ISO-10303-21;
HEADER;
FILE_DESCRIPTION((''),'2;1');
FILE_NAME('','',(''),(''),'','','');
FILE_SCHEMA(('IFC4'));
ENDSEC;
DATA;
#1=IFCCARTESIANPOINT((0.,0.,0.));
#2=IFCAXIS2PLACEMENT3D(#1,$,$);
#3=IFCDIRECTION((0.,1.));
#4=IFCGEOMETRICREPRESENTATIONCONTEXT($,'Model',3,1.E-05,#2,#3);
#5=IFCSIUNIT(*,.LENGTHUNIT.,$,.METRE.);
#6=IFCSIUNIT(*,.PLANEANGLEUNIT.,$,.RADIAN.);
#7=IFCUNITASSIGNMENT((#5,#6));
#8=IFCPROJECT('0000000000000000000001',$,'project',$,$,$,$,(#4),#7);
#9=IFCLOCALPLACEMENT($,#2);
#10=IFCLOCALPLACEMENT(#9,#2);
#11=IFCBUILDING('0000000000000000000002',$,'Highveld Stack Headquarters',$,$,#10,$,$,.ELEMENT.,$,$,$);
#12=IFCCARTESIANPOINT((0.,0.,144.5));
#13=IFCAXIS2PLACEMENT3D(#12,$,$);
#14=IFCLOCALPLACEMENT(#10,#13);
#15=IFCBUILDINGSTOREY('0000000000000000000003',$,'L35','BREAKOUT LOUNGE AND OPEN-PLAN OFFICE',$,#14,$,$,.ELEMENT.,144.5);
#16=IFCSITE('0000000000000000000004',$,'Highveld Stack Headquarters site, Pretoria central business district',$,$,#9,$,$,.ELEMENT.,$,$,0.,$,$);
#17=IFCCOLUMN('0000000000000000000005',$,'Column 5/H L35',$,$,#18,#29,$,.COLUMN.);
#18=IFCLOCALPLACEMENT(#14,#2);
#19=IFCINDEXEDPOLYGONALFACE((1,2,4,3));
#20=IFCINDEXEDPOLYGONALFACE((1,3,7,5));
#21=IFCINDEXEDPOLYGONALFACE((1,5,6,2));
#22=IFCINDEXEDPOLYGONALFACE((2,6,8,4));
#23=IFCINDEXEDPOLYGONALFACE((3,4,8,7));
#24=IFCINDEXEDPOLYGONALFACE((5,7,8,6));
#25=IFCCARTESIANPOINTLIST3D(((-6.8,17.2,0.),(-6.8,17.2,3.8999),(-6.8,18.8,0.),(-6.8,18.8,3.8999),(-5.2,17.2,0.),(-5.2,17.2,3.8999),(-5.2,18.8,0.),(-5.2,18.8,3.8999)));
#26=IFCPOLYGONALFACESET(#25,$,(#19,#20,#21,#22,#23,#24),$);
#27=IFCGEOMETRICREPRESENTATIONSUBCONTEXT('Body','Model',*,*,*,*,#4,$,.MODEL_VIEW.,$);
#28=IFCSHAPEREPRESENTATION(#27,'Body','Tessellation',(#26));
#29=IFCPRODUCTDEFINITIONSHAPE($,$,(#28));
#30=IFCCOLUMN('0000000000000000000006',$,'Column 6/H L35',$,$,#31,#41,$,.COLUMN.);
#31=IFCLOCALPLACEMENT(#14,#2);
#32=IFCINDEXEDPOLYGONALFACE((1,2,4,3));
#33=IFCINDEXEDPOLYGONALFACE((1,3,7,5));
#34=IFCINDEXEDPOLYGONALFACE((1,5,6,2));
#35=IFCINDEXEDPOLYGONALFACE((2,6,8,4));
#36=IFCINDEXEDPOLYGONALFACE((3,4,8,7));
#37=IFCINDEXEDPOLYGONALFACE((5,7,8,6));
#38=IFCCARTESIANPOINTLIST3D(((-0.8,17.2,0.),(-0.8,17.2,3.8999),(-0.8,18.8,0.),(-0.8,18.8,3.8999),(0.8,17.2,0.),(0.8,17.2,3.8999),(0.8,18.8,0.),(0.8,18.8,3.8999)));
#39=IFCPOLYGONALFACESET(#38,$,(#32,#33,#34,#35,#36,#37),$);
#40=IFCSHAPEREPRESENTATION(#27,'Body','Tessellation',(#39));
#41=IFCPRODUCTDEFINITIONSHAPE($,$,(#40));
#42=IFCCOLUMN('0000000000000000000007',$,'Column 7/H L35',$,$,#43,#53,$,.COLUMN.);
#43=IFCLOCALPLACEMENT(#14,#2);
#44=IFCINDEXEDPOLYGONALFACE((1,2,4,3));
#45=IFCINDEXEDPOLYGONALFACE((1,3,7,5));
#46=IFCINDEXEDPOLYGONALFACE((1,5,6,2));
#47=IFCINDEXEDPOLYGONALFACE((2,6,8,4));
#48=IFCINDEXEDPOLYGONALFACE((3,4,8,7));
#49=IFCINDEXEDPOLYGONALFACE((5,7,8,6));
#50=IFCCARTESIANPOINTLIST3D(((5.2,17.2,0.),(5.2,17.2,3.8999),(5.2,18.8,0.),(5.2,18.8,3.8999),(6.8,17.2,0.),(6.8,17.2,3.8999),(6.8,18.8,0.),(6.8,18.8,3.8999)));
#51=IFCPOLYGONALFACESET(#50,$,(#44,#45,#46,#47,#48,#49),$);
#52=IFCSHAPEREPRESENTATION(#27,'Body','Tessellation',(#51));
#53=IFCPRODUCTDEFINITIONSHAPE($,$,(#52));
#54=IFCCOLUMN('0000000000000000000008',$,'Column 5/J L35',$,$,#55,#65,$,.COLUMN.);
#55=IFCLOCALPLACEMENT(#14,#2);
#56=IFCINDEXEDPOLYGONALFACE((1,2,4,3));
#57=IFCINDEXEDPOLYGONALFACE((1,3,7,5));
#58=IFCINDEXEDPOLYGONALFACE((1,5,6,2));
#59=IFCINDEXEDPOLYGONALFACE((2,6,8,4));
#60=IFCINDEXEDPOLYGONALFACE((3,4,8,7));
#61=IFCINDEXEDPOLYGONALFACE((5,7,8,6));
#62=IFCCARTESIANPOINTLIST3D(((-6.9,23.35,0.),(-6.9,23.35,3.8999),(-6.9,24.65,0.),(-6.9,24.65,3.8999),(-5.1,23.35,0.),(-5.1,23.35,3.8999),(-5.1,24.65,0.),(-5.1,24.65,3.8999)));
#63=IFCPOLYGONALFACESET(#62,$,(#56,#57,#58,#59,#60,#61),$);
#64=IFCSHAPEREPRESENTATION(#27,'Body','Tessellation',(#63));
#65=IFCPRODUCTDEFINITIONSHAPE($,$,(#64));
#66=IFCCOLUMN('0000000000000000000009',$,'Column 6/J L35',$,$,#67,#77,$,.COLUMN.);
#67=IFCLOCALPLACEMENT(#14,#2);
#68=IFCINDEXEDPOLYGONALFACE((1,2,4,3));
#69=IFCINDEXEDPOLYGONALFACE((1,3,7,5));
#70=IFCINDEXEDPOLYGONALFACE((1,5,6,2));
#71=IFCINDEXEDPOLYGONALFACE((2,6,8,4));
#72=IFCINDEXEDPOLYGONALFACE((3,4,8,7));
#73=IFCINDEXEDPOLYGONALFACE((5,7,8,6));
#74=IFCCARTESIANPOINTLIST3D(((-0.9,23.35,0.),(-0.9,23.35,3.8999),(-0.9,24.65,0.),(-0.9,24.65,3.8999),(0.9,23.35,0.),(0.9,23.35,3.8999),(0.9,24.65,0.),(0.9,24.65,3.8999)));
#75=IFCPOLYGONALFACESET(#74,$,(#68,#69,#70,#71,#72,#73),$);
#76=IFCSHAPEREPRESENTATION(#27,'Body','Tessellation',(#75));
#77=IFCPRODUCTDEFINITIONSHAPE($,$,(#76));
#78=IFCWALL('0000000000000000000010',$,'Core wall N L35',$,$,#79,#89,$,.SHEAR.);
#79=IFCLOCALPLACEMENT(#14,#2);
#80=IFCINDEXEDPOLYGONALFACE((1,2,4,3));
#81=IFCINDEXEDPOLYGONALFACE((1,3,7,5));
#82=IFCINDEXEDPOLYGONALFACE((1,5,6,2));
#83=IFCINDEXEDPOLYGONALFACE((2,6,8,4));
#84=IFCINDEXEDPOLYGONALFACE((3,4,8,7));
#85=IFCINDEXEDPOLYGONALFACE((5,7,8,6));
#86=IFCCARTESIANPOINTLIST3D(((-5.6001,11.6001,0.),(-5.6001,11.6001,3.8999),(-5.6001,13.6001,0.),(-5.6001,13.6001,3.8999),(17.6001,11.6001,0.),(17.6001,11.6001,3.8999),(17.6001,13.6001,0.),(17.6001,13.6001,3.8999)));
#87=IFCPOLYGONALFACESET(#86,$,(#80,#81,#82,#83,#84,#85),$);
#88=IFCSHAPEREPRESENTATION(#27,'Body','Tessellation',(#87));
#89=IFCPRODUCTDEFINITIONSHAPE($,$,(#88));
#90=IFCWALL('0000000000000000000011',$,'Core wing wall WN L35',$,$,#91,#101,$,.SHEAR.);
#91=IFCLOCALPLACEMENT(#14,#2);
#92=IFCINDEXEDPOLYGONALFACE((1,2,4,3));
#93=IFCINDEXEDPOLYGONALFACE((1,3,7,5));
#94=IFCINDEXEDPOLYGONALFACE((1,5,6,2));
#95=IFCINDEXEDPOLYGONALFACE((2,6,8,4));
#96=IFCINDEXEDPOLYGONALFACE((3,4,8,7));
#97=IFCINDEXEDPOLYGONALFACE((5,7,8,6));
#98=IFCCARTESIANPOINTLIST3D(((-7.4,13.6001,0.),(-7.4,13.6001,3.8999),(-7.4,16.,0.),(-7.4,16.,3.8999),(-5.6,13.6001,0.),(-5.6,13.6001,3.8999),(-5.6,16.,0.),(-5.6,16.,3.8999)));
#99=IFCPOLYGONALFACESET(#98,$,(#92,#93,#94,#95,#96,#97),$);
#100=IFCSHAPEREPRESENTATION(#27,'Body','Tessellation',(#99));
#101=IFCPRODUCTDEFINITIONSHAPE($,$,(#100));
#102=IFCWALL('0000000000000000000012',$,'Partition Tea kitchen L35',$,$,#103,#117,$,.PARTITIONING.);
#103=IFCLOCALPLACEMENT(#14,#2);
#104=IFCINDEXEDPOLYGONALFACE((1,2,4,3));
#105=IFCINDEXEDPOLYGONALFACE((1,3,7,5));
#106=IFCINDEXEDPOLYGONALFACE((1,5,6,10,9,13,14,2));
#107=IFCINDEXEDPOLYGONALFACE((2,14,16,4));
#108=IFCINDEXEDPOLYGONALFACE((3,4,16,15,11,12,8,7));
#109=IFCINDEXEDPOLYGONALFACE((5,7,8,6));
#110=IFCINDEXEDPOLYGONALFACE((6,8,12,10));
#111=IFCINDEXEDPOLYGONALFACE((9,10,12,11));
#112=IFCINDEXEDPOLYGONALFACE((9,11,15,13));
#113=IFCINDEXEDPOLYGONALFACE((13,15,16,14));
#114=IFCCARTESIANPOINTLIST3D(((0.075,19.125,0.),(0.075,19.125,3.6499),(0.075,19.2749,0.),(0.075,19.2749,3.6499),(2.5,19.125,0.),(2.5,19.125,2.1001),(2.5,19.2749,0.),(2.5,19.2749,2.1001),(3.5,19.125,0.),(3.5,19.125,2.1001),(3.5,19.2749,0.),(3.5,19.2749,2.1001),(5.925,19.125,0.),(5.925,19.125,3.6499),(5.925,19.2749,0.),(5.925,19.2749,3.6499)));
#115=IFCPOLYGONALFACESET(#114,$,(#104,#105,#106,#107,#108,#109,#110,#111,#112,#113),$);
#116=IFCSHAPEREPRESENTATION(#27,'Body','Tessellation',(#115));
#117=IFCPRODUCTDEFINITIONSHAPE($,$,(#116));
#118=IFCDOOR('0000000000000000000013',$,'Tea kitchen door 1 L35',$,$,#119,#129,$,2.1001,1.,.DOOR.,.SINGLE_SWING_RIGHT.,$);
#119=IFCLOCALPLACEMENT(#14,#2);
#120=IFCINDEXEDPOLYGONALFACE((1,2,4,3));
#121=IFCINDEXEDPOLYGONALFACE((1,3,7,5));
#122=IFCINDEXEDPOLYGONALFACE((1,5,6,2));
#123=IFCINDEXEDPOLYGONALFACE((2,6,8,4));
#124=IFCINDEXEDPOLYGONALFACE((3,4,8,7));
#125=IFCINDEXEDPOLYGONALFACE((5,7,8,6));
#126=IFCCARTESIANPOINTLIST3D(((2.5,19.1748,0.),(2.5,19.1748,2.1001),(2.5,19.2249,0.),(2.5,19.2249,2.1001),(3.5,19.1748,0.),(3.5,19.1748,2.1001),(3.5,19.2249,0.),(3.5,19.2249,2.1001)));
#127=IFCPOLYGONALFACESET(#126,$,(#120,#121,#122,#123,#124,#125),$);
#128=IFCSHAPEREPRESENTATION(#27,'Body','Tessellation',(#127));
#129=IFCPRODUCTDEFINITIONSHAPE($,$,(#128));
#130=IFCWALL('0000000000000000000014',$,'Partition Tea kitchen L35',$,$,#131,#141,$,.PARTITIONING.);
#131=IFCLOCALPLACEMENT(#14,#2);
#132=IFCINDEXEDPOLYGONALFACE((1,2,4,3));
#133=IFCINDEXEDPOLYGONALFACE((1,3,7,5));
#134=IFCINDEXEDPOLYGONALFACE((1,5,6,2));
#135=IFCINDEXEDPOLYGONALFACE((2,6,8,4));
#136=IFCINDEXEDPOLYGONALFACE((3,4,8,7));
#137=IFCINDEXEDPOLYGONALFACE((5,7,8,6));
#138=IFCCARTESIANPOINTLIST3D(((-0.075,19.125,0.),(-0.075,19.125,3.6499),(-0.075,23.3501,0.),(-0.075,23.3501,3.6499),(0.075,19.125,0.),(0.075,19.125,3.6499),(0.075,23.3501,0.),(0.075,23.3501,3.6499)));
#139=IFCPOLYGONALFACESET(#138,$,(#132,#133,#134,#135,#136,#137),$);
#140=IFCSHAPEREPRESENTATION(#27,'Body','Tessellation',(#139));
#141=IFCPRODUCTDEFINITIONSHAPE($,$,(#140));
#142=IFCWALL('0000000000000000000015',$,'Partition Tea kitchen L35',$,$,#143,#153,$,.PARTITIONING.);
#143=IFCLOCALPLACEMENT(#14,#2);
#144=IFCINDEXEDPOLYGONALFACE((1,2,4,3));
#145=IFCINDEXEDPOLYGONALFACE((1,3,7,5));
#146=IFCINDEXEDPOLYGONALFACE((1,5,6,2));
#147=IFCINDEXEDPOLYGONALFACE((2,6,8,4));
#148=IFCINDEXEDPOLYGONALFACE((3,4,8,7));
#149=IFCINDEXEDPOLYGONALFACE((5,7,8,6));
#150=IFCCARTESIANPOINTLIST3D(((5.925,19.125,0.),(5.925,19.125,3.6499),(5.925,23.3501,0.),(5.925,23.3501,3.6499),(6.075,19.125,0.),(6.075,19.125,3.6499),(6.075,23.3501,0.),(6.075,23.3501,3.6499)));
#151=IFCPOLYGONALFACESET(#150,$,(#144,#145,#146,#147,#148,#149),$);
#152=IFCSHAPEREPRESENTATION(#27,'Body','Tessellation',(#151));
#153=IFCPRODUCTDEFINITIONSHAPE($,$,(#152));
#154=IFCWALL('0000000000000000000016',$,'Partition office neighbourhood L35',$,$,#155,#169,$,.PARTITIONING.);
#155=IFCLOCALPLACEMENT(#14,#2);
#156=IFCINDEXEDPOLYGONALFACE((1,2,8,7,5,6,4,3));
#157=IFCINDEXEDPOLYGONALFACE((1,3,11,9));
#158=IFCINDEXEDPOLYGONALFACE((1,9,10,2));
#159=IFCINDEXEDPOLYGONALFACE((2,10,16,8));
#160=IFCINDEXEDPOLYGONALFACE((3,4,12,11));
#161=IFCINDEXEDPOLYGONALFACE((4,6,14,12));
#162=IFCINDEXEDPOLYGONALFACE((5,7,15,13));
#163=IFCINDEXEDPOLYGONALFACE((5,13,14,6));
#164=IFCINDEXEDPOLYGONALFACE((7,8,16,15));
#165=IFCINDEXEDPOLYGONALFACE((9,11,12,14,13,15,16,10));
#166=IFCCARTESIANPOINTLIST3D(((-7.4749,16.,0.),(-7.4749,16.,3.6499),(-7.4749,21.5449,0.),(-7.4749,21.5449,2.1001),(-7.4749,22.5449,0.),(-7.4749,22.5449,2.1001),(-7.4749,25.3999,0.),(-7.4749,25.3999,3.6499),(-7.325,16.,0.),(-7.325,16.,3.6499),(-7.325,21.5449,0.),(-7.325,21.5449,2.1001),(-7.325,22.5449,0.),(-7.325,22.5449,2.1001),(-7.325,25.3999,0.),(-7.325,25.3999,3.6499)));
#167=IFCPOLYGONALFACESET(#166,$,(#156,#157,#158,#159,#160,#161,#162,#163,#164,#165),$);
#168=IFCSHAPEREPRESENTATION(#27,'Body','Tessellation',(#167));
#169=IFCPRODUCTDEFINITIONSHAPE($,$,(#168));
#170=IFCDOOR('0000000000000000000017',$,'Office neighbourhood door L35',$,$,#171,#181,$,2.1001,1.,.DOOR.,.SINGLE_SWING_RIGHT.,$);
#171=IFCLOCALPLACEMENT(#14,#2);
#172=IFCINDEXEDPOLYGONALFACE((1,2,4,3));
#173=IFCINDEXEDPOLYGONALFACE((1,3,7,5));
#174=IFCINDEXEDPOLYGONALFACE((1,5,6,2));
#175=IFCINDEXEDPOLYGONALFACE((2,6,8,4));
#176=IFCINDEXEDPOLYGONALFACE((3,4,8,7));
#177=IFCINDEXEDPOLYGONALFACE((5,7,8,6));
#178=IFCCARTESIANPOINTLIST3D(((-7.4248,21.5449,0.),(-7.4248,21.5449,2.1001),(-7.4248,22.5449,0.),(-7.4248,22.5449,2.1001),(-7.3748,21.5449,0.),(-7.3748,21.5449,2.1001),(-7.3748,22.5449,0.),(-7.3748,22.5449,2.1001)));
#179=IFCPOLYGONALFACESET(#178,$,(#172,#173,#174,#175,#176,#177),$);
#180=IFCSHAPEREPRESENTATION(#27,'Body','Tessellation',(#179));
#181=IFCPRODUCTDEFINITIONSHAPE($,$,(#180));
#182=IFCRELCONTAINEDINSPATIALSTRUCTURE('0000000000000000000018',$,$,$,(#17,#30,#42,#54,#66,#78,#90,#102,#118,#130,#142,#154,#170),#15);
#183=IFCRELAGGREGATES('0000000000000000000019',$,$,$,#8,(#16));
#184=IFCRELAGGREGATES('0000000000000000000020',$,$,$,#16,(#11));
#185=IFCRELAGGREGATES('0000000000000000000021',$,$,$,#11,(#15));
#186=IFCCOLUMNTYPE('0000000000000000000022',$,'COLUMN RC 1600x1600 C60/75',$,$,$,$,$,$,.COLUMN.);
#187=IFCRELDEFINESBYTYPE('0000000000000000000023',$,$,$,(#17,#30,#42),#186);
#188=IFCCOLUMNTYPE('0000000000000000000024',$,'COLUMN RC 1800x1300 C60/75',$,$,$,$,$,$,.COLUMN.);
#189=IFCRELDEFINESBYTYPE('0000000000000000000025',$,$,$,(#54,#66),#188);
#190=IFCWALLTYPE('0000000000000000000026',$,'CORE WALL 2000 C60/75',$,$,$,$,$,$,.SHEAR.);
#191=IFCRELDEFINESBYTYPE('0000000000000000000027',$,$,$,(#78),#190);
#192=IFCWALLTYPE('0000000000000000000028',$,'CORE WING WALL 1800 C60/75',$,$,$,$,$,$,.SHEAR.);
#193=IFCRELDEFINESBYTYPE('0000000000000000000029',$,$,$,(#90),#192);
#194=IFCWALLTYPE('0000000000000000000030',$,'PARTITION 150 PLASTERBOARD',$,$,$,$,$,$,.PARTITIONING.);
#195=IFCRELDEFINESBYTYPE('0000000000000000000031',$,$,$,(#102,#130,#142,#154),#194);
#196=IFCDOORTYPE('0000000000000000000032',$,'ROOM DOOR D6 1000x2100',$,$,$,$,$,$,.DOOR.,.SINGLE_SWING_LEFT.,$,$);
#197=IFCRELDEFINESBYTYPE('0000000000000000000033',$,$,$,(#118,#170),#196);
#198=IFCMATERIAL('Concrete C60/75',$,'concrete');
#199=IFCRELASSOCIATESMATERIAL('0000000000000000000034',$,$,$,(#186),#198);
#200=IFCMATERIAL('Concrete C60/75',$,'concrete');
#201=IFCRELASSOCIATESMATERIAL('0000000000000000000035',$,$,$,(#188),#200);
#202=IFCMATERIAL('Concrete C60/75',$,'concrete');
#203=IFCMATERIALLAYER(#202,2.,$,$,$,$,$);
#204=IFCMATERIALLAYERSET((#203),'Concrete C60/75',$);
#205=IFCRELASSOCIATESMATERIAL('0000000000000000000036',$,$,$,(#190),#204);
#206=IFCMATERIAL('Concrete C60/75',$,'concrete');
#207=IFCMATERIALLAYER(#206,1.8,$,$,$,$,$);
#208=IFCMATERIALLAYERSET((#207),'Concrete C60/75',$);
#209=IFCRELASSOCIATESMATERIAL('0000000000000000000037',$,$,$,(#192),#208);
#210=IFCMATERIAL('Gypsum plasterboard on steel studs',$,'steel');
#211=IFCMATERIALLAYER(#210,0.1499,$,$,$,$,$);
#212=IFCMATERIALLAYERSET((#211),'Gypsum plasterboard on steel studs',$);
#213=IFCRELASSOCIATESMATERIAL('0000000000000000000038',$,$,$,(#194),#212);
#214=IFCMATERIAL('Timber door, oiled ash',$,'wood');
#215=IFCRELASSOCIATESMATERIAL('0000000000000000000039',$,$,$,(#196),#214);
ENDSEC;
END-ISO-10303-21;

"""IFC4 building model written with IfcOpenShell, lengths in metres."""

from ifc_helpers import new_model, si_unit, direction, frame, frame_2d, origin, origin_2d, place, context, subcontext, project, spatial, rectangle, extrude, material, layer, layer_set, material_profile, profile_set, type_object, element, fill, save


model = new_model("IFC4")

# Units and contexts
model_context = context("Model", 3, precision=1e-05, world=origin(), true_north=direction((0.0, 1.0)))
body_context = subcontext(model_context, "Body", "Model", "MODEL_VIEW")
ifc_project = project(units=[si_unit("LENGTHUNIT", "METRE"), si_unit("PLANEANGLEUNIT", "RADIAN")], contexts=[model_context])

# Site, building, storey
site_placement = place(None, origin())
site = spatial("IfcSite", under=ifc_project, at=site_placement, Name="Highveld Stack Headquarters site, Pretoria central business district", CompositionType="ELEMENT", RefElevation=0.0)
building_placement = place(site_placement, origin())
building = spatial("IfcBuilding", under=site, at=building_placement, Name="Highveld Stack Headquarters", CompositionType="ELEMENT")
storey_placement = place(building_placement, frame((0.0, 0.0, 144.5)))
storey = spatial("IfcBuildingStorey", under=building, at=storey_placement, Name="L35", Description="BREAKOUT LOUNGE AND OPEN-PLAN OFFICE", CompositionType="ELEMENT", Elevation=144.5)

# Columns
ifc_material_1 = material(Name="Concrete C60/75", Category="concrete")
ifc_material_profile_1 = material_profile(ifc_material_1, rectangle(XDim=1.6001, YDim=1.6001, at=origin_2d()), Name="RC 1600x1600")
ifc_profile_set_1 = profile_set([ifc_material_profile_1], Name="Concrete C60/75")
column_type_1 = type_object("IfcColumnType", Name="COLUMN RC 1600x1600 C60/75", PredefinedType="COLUMN", material=ifc_profile_set_1)
for number, where, z_axis, x_axis, name in (
    (1, (-6.0, 18.0, 0.0), (0.0, 0.0, 1.0), (1.0, 0.0, 0.0), "Column 5/H L35"),
    (2, (0.0, 18.0, 0.0), (0.0, 0.0, 1.0), (1.0, 0.0, 0.0), "Column 6/H L35"),
    (3, (6.0, 18.0, 0.0), (0.0, 0.0, 1.0), (1.0, 0.0, 0.0), "Column 7/H L35"),
):
    element("IfcColumn", number, at=place(storey_placement, frame(where, z_axis=z_axis, x_axis=x_axis)), inside=storey, type_object=column_type_1, Name=name, PredefinedType="COLUMN", context=body_context, shape_type="SweptSolid", body=[
        extrude(rectangle(XDim=1.6001, YDim=1.6001, at=origin_2d()), origin(), (0.0, 0.0, 1.0), 3.8999),
    ])
ifc_material_2 = material(Name="Concrete C60/75", Category="concrete")
ifc_material_profile_2 = material_profile(ifc_material_2, rectangle(XDim=1.8, YDim=1.3, at=origin_2d()), Name="RC 1800x1300")
ifc_profile_set_2 = profile_set([ifc_material_profile_2], Name="Concrete C60/75")
column_type_2 = type_object("IfcColumnType", Name="COLUMN RC 1800x1300 C60/75", PredefinedType="COLUMN", material=ifc_profile_set_2)
for number, where, z_axis, x_axis, name in (
    (4, (-6.0, 24.0, 0.0), (0.0, 0.0, 1.0), (1.0, 0.0, 0.0), "Column 5/J L35"),
    (5, (0.0, 24.0, 0.0), (0.0, 0.0, 1.0), (1.0, 0.0, 0.0), "Column 6/J L35"),
):
    element("IfcColumn", number, at=place(storey_placement, frame(where, z_axis=z_axis, x_axis=x_axis)), inside=storey, type_object=column_type_2, Name=name, PredefinedType="COLUMN", context=body_context, shape_type="SweptSolid", body=[
        extrude(rectangle(XDim=1.8, YDim=1.3, at=origin_2d()), origin(), (0.0, 0.0, 1.0), 3.8999),
    ])

# Walls
ifc_material_3 = material(Name="Concrete C60/75", Category="concrete")
ifc_layer_1 = layer(ifc_material_3, 2.0)
ifc_layer_set_1 = layer_set([ifc_layer_1], Name="Concrete C60/75")
wall_type_1 = type_object("IfcWallType", Name="CORE WALL 2000 C60/75", PredefinedType="SHEAR", material=ifc_layer_set_1)
wall_1_placement = place(storey_placement, frame((-5.6001, 12.6001, 0.0), z_axis=(0.0, 0.0, 1.0), x_axis=(1.0, 0.0, 0.0)))
element("IfcWall", 6, at=wall_1_placement, inside=storey, type_object=wall_type_1, Name="Core wall N L35", PredefinedType="SHEAR", context=body_context, shape_type="SweptSolid", body=[
    extrude(rectangle(XDim=23.2002, YDim=2.0, at=frame_2d((11.6001, 0.0))), origin(), (0.0, 0.0, 1.0), 3.8999),
])
ifc_material_4 = material(Name="Concrete C60/75", Category="concrete")
ifc_layer_2 = layer(ifc_material_4, 1.8)
ifc_layer_set_2 = layer_set([ifc_layer_2], Name="Concrete C60/75")
wall_type_2 = type_object("IfcWallType", Name="CORE WING WALL 1800 C60/75", PredefinedType="SHEAR", material=ifc_layer_set_2)
wall_2_placement = place(storey_placement, frame((-6.5, 13.6001, 0.0), z_axis=(0.0, 0.0, 1.0), x_axis=(0.0, 1.0, 0.0)))
element("IfcWall", 7, at=wall_2_placement, inside=storey, type_object=wall_type_2, Name="Core wing wall WN L35", PredefinedType="SHEAR", context=body_context, shape_type="SweptSolid", body=[
    extrude(rectangle(XDim=2.3999, YDim=1.8, at=frame_2d((1.2, 0.0))), origin(), (0.0, 0.0, 1.0), 3.8999),
])

# Wall, opening, door
ifc_material_5 = material(Name="Gypsum plasterboard on steel studs", Category="steel")
ifc_layer_3 = layer(ifc_material_5, 0.1499)
ifc_layer_set_3 = layer_set([ifc_layer_3], Name="Gypsum plasterboard on steel studs")
wall_type_3 = type_object("IfcWallType", Name="PARTITION 150 PLASTERBOARD", PredefinedType="PARTITIONING", material=ifc_layer_set_3)
wall_3_placement = place(storey_placement, frame((0.075, 19.2, 0.0), z_axis=(0.0, 0.0, 1.0), x_axis=(1.0, 0.0, 0.0)))
wall_3 = element("IfcWall", 8, at=wall_3_placement, inside=storey, type_object=wall_type_3, Name="Partition Tea kitchen L35", PredefinedType="PARTITIONING", context=body_context, shape_type="SweptSolid", body=[
    extrude(rectangle(XDim=5.8501, YDim=0.1499, at=frame_2d((2.925, 0.0))), origin(), (0.0, 0.0, 1.0), 3.6499),
])
opening_1_placement = place(wall_3_placement, frame((2.425, 0.0, 0.0)))
opening_1 = element("IfcOpeningElement", 9, at=opening_1_placement, cuts=wall_3, PredefinedType="OPENING", context=body_context, shape_type="SweptSolid", body=[
    extrude(rectangle(XDim=1.0, YDim=2.1001, at=frame_2d((0.5, 1.05))), frame((0.0, 0.085, 0.0), z_axis=(0.0, -1.0, 0.0), x_axis=(1.0, 0.0, 0.0)), (0.0, 0.0, 1.0), 0.1699),
])
ifc_material_6 = material(Name="Timber door, oiled ash", Category="wood")
door_type = type_object("IfcDoorType", Name="ROOM DOOR D6 1000x2100", OperationType="SINGLE_SWING_LEFT", PredefinedType="DOOR", material=ifc_material_6)
door_1_placement = place(opening_1_placement, origin())
door_1 = element("IfcDoor", 10, at=door_1_placement, inside=storey, type_object=door_type, Name="Tea kitchen door 1 L35", OperationType="SINGLE_SWING_RIGHT", OverallHeight=2.1001, OverallWidth=1.0, PredefinedType="DOOR", context=body_context, shape_type="SweptSolid", body=[
    extrude(rectangle(XDim=1.0, YDim=2.1001, at=frame_2d((0.5, 1.05))), frame((0.0, 0.0249, 0.0), z_axis=(0.0, -1.0, 0.0), x_axis=(1.0, 0.0, 0.0)), (0.0, 0.0, 1.0), 0.05),
])
fill(opening_1, door_1)

# Walls
for number, where, z_axis, x_axis, name in (
    (11, (0.0, 19.125, 0.0), (0.0, 0.0, 1.0), (0.0, 1.0, 0.0), "Partition Tea kitchen L35"),
    (12, (6.0, 19.125, 0.0), (0.0, 0.0, 1.0), (0.0, 1.0, 0.0), "Partition Tea kitchen L35"),
):
    element("IfcWall", number, at=place(storey_placement, frame(where, z_axis=z_axis, x_axis=x_axis)), inside=storey, type_object=wall_type_3, Name=name, PredefinedType="PARTITIONING", context=body_context, shape_type="SweptSolid", body=[
        extrude(rectangle(XDim=4.2251, YDim=0.1499, at=frame_2d((2.1125, 0.0))), origin(), (0.0, 0.0, 1.0), 3.6499),
    ])

# Wall, opening, door
wall_4_placement = place(storey_placement, frame((-7.3999, 16.0, 0.0), z_axis=(0.0, 0.0, 1.0), x_axis=(0.0, 1.0, 0.0)))
wall_4 = element("IfcWall", 13, at=wall_4_placement, inside=storey, type_object=wall_type_3, Name="Partition office neighbourhood L35", PredefinedType="PARTITIONING", context=body_context, shape_type="SweptSolid", body=[
    extrude(rectangle(XDim=9.3999, YDim=0.1499, at=frame_2d((4.7, 0.0))), origin(), (0.0, 0.0, 1.0), 3.6499),
])
opening_2_placement = place(wall_4_placement, frame((5.5449, 0.0, 0.0)))
opening_2 = element("IfcOpeningElement", 14, at=opening_2_placement, cuts=wall_4, PredefinedType="OPENING", context=body_context, shape_type="SweptSolid", body=[
    extrude(rectangle(XDim=1.0, YDim=2.1001, at=frame_2d((0.5, 1.05))), frame((0.0, 0.085, 0.0), z_axis=(0.0, -1.0, 0.0), x_axis=(1.0, 0.0, 0.0)), (0.0, 0.0, 1.0), 0.1699),
])
door_2_placement = place(opening_2_placement, origin())
door_2 = element("IfcDoor", 15, at=door_2_placement, inside=storey, type_object=door_type, Name="Office neighbourhood door L35", OperationType="SINGLE_SWING_RIGHT", OverallHeight=2.1001, OverallWidth=1.0, PredefinedType="DOOR", context=body_context, shape_type="SweptSolid", body=[
    extrude(rectangle(XDim=1.0, YDim=2.1001, at=frame_2d((0.5, 1.05))), frame((0.0, 0.0249, 0.0), z_axis=(0.0, -1.0, 0.0), x_axis=(1.0, 0.0, 0.0)), (0.0, 0.0, 1.0), 0.05),
])
fill(opening_2, door_2)

save(model, "model.ifc")
